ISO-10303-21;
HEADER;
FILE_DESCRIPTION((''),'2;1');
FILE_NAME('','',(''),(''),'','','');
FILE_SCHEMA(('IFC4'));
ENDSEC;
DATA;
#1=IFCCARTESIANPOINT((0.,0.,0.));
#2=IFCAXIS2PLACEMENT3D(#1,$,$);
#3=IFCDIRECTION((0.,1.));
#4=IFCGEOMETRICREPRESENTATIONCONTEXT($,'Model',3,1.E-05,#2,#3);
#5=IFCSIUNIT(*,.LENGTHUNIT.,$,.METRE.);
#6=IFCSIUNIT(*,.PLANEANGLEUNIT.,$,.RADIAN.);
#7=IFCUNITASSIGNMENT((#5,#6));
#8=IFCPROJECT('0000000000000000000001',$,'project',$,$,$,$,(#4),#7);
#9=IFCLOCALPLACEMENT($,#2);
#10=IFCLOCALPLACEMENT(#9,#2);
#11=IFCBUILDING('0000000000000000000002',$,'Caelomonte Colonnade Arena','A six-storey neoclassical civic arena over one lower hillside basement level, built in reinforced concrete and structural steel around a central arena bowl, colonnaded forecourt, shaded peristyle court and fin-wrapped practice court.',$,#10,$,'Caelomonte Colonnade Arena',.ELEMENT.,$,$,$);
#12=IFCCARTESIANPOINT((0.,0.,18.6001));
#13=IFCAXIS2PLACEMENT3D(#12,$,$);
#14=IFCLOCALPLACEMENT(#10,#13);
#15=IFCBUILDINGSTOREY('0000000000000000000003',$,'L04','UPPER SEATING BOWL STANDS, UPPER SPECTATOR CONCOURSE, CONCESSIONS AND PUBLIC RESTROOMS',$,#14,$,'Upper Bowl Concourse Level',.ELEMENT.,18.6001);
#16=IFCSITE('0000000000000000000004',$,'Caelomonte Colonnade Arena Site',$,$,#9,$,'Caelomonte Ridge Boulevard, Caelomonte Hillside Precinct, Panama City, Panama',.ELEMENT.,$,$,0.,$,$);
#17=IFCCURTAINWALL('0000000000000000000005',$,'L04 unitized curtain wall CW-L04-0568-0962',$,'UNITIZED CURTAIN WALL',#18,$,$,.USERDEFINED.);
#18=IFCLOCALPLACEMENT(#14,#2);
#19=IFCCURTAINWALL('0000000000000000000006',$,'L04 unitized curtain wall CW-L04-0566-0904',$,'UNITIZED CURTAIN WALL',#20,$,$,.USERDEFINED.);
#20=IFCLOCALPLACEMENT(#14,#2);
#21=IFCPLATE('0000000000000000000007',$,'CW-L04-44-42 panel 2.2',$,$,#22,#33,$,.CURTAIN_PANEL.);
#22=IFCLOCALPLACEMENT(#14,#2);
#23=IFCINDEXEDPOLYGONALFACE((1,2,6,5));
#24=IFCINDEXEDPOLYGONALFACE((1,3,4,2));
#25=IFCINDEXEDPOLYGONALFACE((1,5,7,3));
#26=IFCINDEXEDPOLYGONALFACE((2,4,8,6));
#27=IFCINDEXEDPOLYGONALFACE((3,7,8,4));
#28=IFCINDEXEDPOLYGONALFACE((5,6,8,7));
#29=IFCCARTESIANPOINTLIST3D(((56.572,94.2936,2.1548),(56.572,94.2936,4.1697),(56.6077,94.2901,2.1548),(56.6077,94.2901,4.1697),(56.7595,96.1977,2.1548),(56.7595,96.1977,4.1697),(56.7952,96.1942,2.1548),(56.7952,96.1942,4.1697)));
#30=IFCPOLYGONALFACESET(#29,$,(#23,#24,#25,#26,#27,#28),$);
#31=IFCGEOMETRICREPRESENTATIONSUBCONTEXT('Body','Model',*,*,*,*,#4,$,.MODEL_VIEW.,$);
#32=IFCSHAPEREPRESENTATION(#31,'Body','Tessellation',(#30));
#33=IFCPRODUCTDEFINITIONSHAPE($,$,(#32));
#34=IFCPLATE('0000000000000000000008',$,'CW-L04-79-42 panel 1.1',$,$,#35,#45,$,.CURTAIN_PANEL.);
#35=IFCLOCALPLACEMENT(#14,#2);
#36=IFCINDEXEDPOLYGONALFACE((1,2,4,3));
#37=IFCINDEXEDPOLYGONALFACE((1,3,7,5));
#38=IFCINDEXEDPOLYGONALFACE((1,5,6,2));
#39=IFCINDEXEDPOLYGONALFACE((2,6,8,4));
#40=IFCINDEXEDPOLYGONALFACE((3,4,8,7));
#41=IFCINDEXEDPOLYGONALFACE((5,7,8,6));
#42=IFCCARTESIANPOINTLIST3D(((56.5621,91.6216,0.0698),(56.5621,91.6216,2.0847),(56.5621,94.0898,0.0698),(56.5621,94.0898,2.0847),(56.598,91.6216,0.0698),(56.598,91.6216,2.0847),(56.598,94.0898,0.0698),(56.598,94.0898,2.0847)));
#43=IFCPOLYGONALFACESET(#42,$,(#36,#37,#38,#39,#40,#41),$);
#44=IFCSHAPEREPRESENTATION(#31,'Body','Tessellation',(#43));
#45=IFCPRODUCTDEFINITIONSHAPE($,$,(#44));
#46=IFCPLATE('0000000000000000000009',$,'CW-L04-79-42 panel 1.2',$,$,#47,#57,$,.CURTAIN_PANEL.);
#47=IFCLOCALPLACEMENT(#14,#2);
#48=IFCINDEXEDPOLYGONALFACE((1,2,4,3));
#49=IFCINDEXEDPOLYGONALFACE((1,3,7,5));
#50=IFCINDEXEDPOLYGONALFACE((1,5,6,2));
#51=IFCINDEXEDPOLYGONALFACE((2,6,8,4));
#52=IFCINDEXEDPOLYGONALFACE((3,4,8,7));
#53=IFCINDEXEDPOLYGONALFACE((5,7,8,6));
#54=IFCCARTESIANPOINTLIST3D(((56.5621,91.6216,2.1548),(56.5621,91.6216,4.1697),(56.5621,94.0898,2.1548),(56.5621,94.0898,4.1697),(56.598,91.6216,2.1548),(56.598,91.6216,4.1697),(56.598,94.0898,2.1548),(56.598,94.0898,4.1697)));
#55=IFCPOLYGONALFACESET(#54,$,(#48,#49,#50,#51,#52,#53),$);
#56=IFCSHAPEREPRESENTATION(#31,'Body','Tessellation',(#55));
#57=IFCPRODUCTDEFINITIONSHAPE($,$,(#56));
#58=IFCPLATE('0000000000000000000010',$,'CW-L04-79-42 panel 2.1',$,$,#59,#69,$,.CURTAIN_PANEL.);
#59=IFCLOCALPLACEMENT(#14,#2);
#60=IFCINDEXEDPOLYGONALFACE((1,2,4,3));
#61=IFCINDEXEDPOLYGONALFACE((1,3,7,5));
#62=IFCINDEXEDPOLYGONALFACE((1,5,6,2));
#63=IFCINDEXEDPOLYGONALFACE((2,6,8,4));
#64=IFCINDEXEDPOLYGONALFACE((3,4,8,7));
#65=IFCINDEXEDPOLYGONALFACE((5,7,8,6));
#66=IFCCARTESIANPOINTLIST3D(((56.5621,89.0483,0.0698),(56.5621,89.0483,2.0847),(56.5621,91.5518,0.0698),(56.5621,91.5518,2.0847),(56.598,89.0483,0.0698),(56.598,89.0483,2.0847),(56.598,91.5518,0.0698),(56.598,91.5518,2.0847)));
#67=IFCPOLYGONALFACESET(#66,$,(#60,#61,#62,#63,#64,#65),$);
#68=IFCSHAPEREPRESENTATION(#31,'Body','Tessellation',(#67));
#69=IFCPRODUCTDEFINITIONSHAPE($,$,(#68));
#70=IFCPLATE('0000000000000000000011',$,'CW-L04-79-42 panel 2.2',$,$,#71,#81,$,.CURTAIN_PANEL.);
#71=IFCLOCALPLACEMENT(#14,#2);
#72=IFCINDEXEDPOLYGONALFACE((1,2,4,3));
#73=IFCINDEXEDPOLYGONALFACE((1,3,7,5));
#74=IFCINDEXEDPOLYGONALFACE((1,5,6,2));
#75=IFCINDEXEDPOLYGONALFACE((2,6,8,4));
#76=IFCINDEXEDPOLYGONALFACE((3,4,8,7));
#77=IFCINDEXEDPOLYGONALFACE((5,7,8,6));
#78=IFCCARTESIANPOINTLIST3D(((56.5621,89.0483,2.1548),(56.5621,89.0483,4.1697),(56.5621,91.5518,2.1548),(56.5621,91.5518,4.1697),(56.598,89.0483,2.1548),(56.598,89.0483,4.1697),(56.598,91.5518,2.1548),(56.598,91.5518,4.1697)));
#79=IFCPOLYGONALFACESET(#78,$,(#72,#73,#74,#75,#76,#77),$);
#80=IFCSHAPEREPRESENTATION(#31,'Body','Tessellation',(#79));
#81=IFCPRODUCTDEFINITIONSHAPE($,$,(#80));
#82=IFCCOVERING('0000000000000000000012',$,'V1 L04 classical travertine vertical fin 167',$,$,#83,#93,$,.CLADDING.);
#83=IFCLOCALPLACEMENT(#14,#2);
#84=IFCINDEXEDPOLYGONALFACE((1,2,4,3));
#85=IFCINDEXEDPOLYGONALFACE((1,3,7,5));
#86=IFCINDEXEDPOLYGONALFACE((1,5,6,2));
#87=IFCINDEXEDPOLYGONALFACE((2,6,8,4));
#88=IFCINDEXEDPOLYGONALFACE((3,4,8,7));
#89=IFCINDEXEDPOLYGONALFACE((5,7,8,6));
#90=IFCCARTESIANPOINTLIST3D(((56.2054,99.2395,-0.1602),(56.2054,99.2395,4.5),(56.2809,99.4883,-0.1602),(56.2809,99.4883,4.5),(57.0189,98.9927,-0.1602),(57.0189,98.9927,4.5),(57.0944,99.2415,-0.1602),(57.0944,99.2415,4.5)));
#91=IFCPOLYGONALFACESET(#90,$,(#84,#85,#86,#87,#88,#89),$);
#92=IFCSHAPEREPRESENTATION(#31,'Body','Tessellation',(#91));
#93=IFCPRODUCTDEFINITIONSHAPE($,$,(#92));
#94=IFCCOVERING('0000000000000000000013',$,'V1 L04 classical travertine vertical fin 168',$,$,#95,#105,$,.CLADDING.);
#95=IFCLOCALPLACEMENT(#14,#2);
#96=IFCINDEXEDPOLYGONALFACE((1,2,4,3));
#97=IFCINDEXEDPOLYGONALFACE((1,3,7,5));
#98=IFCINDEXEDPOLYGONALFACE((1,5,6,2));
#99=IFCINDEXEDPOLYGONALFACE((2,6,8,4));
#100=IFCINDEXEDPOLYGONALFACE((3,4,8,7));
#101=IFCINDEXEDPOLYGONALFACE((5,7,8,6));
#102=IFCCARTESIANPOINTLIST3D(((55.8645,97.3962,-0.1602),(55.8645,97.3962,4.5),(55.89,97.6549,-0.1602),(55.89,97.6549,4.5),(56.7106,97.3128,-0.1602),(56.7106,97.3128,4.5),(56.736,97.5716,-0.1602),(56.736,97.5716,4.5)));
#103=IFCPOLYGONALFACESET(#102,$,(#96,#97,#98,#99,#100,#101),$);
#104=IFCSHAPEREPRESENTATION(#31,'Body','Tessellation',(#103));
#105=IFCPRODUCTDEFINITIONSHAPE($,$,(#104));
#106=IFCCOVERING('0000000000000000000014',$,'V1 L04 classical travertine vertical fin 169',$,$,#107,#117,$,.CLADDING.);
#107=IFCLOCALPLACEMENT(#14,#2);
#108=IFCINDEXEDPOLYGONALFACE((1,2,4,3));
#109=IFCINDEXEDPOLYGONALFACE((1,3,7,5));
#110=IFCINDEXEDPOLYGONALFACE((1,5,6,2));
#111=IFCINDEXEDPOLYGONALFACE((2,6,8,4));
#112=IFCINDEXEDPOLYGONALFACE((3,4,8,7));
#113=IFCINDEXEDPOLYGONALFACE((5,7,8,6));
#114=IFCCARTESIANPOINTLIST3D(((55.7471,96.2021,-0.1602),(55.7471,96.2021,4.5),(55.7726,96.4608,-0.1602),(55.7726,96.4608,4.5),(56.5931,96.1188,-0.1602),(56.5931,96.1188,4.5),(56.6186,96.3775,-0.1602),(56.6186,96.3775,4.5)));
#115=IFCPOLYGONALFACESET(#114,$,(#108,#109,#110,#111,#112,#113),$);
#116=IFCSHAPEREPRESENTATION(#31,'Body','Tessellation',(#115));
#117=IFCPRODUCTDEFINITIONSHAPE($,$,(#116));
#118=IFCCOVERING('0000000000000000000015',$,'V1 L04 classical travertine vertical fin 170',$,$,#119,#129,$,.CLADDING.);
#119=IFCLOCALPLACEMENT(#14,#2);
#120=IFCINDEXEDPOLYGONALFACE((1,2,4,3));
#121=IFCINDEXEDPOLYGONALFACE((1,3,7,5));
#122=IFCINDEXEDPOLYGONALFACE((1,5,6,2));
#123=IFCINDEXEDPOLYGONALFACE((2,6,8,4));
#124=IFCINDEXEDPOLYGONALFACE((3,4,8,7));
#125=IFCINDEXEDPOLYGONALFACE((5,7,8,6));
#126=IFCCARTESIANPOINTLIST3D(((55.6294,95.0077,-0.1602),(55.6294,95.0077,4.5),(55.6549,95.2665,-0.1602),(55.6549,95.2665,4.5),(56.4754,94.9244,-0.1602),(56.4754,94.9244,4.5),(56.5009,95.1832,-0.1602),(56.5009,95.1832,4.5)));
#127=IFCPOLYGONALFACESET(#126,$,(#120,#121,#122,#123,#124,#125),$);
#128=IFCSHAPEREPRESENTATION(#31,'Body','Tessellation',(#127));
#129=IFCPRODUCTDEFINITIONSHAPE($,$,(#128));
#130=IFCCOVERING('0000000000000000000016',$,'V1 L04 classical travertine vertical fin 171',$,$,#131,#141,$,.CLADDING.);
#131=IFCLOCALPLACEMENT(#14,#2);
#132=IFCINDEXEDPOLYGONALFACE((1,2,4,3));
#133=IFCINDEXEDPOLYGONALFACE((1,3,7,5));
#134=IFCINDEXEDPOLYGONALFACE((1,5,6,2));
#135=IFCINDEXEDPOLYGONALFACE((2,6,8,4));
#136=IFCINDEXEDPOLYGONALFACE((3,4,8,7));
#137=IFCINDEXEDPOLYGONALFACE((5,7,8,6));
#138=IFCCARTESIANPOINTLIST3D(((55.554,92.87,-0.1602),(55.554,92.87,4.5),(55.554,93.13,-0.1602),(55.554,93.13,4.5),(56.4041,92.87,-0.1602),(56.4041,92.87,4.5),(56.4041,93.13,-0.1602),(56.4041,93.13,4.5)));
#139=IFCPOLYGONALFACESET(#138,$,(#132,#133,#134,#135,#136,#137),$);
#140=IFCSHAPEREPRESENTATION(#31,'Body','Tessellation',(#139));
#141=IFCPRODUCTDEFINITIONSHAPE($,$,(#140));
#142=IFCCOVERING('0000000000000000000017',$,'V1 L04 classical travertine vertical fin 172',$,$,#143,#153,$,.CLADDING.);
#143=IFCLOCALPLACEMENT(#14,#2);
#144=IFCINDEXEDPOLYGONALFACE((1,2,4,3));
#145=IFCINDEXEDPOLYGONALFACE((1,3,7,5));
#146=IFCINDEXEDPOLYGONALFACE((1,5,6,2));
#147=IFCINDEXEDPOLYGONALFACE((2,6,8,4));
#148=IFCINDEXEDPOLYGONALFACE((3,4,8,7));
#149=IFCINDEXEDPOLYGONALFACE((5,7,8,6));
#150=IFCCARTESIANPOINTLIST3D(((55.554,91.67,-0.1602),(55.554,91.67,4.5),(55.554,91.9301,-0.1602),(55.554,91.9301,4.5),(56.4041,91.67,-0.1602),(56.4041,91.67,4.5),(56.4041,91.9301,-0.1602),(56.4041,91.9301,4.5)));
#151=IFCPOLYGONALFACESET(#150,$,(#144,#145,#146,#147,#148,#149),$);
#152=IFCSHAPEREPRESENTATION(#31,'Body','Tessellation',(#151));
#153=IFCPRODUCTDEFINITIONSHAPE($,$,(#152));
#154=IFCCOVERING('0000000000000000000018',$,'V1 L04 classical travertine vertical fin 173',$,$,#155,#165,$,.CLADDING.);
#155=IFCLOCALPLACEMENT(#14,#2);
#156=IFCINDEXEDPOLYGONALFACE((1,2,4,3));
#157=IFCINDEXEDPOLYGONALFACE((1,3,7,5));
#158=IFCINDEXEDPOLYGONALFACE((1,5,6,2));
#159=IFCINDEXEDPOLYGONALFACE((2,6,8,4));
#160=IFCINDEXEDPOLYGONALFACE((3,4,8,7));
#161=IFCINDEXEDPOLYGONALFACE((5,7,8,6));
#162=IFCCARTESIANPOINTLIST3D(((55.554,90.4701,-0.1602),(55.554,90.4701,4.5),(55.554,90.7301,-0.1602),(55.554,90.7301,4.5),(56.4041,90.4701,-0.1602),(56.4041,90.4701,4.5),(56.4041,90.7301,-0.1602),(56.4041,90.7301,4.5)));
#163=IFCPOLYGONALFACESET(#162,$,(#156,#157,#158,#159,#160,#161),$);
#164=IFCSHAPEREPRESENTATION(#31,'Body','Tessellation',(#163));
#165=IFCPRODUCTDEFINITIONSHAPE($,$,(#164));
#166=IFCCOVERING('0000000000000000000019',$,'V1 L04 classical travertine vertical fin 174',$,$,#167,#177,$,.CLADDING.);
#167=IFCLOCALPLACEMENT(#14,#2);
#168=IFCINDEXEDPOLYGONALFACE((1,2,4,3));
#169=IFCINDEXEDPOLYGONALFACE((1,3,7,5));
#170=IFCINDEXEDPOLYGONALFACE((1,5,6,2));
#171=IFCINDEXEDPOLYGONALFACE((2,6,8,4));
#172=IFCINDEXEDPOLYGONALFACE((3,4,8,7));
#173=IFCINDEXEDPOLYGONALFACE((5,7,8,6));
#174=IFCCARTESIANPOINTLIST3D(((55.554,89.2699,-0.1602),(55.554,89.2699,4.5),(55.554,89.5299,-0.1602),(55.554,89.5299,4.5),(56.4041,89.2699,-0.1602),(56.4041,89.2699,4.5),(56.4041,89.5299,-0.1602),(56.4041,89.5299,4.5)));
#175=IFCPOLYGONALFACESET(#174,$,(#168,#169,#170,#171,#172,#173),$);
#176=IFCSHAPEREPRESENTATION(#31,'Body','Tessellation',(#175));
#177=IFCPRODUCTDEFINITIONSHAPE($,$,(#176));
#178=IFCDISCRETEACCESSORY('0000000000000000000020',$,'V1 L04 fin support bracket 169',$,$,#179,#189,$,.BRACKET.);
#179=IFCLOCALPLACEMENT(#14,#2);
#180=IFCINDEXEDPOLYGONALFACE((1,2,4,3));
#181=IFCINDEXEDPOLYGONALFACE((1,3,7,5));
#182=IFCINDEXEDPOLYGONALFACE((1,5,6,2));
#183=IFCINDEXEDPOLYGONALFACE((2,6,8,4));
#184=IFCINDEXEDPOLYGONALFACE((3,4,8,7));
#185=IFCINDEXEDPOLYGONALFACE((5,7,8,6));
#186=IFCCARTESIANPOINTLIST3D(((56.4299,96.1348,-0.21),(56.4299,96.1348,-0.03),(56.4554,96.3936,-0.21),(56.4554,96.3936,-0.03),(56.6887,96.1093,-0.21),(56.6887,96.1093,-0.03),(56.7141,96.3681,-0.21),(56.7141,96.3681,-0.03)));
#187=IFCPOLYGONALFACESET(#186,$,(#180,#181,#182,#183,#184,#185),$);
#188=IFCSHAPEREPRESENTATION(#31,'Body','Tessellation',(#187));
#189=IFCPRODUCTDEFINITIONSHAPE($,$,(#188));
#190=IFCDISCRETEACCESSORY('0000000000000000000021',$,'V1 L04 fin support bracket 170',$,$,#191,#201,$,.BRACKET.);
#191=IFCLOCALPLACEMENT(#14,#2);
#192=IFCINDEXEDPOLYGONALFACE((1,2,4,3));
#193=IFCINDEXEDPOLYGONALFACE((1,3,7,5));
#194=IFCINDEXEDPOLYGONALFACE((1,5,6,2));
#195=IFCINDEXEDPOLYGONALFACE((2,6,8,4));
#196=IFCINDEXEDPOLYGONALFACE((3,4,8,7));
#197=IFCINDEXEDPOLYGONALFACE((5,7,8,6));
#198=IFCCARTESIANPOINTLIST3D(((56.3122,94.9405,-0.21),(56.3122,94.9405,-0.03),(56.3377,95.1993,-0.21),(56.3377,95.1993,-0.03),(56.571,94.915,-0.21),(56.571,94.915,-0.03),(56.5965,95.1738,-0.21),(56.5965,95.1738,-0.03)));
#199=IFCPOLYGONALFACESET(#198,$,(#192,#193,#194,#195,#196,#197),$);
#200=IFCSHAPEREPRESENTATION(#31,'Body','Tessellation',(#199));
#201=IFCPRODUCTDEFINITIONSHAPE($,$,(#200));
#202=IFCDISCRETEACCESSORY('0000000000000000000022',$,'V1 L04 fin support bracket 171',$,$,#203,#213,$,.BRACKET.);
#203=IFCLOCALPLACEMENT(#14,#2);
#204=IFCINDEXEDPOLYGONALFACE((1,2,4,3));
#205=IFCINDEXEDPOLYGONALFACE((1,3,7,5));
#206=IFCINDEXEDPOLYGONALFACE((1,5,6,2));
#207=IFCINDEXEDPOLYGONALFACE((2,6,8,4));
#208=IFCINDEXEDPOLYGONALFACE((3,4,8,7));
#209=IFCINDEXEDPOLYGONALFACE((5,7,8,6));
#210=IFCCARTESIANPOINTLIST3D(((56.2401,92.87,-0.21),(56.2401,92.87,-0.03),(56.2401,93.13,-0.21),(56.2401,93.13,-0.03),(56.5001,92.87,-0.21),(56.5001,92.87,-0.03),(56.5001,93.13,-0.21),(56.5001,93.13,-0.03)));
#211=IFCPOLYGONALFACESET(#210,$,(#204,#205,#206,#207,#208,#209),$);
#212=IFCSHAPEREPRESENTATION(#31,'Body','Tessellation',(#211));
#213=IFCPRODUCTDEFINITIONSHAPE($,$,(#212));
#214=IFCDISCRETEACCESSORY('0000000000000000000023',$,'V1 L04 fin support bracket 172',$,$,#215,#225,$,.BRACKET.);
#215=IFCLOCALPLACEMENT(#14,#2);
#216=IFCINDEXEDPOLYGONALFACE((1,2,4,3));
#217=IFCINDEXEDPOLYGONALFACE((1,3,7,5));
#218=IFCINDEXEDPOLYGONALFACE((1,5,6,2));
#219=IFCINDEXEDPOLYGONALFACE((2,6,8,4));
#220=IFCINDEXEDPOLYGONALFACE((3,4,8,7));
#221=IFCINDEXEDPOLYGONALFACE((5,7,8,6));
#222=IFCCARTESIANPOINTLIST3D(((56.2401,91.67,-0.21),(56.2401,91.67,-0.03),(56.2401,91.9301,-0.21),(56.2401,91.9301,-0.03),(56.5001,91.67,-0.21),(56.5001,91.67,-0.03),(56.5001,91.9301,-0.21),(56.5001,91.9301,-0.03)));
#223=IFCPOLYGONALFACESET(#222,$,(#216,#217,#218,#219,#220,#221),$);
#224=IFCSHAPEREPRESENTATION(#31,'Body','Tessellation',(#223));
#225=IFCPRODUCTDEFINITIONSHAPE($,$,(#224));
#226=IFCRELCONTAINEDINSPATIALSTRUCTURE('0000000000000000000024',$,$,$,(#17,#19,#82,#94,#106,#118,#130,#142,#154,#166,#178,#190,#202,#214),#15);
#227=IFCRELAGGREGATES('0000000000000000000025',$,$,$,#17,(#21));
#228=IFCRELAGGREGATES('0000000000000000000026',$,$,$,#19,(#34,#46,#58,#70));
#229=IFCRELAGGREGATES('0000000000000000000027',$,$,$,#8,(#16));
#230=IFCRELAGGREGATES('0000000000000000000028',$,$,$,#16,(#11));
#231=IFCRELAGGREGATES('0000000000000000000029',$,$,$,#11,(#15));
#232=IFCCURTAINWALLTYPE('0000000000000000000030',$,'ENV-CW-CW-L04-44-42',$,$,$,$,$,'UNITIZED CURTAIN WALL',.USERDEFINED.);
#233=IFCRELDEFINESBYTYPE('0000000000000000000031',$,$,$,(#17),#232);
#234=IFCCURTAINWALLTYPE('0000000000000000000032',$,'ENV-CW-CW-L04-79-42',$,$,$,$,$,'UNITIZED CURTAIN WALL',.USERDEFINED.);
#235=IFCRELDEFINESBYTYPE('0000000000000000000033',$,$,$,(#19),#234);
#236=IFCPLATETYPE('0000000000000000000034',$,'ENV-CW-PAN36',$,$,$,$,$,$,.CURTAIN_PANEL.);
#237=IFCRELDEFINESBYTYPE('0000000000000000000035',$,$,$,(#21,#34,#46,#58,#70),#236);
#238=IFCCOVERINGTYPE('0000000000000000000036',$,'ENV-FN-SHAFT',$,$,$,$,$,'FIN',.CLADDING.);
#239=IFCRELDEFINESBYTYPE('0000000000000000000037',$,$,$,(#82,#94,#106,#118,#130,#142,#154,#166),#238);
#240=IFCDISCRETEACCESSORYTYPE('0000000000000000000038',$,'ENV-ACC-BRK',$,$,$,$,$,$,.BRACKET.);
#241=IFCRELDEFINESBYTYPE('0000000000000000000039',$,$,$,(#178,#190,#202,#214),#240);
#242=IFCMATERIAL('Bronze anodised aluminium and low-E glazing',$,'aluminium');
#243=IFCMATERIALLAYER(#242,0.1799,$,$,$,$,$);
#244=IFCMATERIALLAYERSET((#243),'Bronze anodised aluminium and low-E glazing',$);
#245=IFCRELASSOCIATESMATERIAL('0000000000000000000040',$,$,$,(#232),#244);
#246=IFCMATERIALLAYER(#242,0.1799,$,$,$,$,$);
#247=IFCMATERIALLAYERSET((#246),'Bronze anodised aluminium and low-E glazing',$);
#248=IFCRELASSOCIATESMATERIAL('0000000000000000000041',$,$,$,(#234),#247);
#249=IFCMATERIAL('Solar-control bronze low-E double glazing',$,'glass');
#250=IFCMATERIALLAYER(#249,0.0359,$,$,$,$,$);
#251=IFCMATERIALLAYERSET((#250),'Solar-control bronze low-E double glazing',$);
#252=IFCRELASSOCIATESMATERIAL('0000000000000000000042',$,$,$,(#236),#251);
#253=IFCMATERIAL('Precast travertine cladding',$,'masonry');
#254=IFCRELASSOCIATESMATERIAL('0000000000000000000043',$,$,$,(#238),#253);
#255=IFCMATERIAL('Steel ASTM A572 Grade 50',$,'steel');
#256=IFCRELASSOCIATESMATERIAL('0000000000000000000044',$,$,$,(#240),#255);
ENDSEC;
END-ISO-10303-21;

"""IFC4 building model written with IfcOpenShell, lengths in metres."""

from ifc_helpers import new_model, si_unit, direction, frame, origin, origin_2d, place, context, subcontext, project, spatial, rectangle, extrude, material, layer, layer_set, material_profile, profile_set, type_object, element, aggregate, save


model = new_model("IFC4")

# Units and contexts
model_context = context("Model", 3, precision=1e-05, world=origin(), true_north=direction((0.0, 1.0)))
body_context = subcontext(model_context, "Body", "Model", "MODEL_VIEW")
ifc_project = project(units=[si_unit("LENGTHUNIT", "METRE"), si_unit("PLANEANGLEUNIT", "RADIAN")], contexts=[model_context])

# Site, building, storey
site_placement = place(None, origin())
site = spatial("IfcSite", under=ifc_project, at=site_placement, Name="Caelomonte Colonnade Arena Site", LongName="Caelomonte Ridge Boulevard, Caelomonte Hillside Precinct, Panama City, Panama", CompositionType="ELEMENT", RefElevation=0.0)
building_placement = place(site_placement, origin())
building = spatial("IfcBuilding", under=site, at=building_placement, Name="Caelomonte Colonnade Arena", Description="A six-storey neoclassical civic arena over one lower hillside basement level, built in reinforced concrete and structural steel around a central arena bowl, colonnaded forecourt, shaded peristyle court and fin-wrapped practice court.", LongName="Caelomonte Colonnade Arena", CompositionType="ELEMENT")
storey_placement = place(building_placement, frame((0.0, 0.0, 18.6001)))
storey = spatial("IfcBuildingStorey", under=building, at=storey_placement, Name="L04", Description="UPPER SEATING BOWL STANDS, UPPER SPECTATOR CONCOURSE, CONCESSIONS AND PUBLIC RESTROOMS", LongName="Upper Bowl Concourse Level", CompositionType="ELEMENT", Elevation=18.6001)

# Curtain wall
ifc_material_1 = material(Name="Bronze anodised aluminium and low-E glazing", Category="aluminium")
ifc_layer_1 = layer(ifc_material_1, 0.1799)
ifc_layer_set_1 = layer_set([ifc_layer_1], Name="Bronze anodised aluminium and low-E glazing")
curtain_wall_type_1 = type_object("IfcCurtainWallType", Name="ENV-CW-CW-L04-44-42", ElementType="UNITIZED CURTAIN WALL", PredefinedType="USERDEFINED", material=ifc_layer_set_1)
curtain_wall_1_placement = place(storey_placement, origin())
curtain_wall_1 = element("IfcCurtainWall", 1, at=curtain_wall_1_placement, inside=storey, type_object=curtain_wall_type_1, Name="L04 unitized curtain wall CW-L04-0568-0962", ObjectType="UNITIZED CURTAIN WALL", PredefinedType="USERDEFINED")

# Curtain wall
ifc_layer_2 = layer(ifc_material_1, 0.1799)
ifc_layer_set_2 = layer_set([ifc_layer_2], Name="Bronze anodised aluminium and low-E glazing")
curtain_wall_type_2 = type_object("IfcCurtainWallType", Name="ENV-CW-CW-L04-79-42", ElementType="UNITIZED CURTAIN WALL", PredefinedType="USERDEFINED", material=ifc_layer_set_2)
curtain_wall_2_placement = place(storey_placement, origin())
curtain_wall_2 = element("IfcCurtainWall", 2, at=curtain_wall_2_placement, inside=storey, type_object=curtain_wall_type_2, Name="L04 unitized curtain wall CW-L04-0566-0904", ObjectType="UNITIZED CURTAIN WALL", PredefinedType="USERDEFINED")

# Plates
ifc_material_2 = material(Name="Solar-control bronze low-E double glazing", Category="glass")
ifc_layer_3 = layer(ifc_material_2, 0.0359)
ifc_layer_set_3 = layer_set([ifc_layer_3], Name="Solar-control bronze low-E double glazing")
plate_type = type_object("IfcPlateType", Name="ENV-CW-PAN36", PredefinedType="CURTAIN_PANEL", material=ifc_layer_set_3)
plate_1_placement = place(storey_placement, frame((56.6836, 95.2439, 2.1548), z_axis=(0.0, 0.0, 1.0), x_axis=(-0.098002, -0.995186, 0.0)))
plate_1 = element("IfcPlate", 3, at=plate_1_placement, type_object=plate_type, Name="CW-L04-44-42 panel 2.2", PredefinedType="CURTAIN_PANEL", context=body_context, shape_type="SweptSolid", body=[
    extrude(rectangle(XDim=1.9133, YDim=0.0359, at=origin_2d()), origin(), (0.0, 0.0, 1.0), 2.0149),
])
aggregate(curtain_wall_1, [plate_1])
plate_2_placement = place(storey_placement, frame((56.5801, 92.8557, 0.0698), z_axis=(0.0, 0.0, 1.0), x_axis=(0.0, -1.0, 0.0)))
plate_2 = element("IfcPlate", 4, at=plate_2_placement, type_object=plate_type, Name="CW-L04-79-42 panel 1.1", PredefinedType="CURTAIN_PANEL", context=body_context, shape_type="SweptSolid", body=[
    extrude(rectangle(XDim=2.4683, YDim=0.0359, at=origin_2d()), origin(), (0.0, 0.0, 1.0), 2.0149),
])
plate_3_placement = place(storey_placement, frame((56.5801, 92.8557, 2.1548), z_axis=(0.0, 0.0, 1.0), x_axis=(0.0, -1.0, 0.0)))
plate_3 = element("IfcPlate", 5, at=plate_3_placement, type_object=plate_type, Name="CW-L04-79-42 panel 1.2", PredefinedType="CURTAIN_PANEL", context=body_context, shape_type="SweptSolid", body=[
    extrude(rectangle(XDim=2.4683, YDim=0.0359, at=origin_2d()), origin(), (0.0, 0.0, 1.0), 2.0149),
])
plate_4_placement = place(storey_placement, frame((56.5801, 90.3, 0.0698), z_axis=(0.0, 0.0, 1.0), x_axis=(0.0, -1.0, 0.0)))
plate_4 = element("IfcPlate", 6, at=plate_4_placement, type_object=plate_type, Name="CW-L04-79-42 panel 2.1", PredefinedType="CURTAIN_PANEL", context=body_context, shape_type="SweptSolid", body=[
    extrude(rectangle(XDim=2.5034, YDim=0.0359, at=origin_2d()), origin(), (0.0, 0.0, 1.0), 2.0149),
])
plate_5_placement = place(storey_placement, frame((56.5801, 90.3, 2.1548), z_axis=(0.0, 0.0, 1.0), x_axis=(0.0, -1.0, 0.0)))
plate_5 = element("IfcPlate", 7, at=plate_5_placement, type_object=plate_type, Name="CW-L04-79-42 panel 2.2", PredefinedType="CURTAIN_PANEL", context=body_context, shape_type="SweptSolid", body=[
    extrude(rectangle(XDim=2.5034, YDim=0.0359, at=origin_2d()), origin(), (0.0, 0.0, 1.0), 2.0149),
])
aggregate(curtain_wall_2, [plate_2, plate_3, plate_4, plate_5])

# Coverings
ifc_material_3 = material(Name="Precast travertine cladding", Category="masonry")
ifc_material_profile_1 = material_profile(ifc_material_3, rectangle(XDim=0.26, YDim=0.8501, at=origin_2d()), Name="FIN260X850")
ifc_profile_set_1 = profile_set([ifc_material_profile_1], Name="Precast travertine cladding")
covering_type = type_object("IfcCoveringType", Name="ENV-FN-SHAFT", ElementType="FIN", PredefinedType="CLADDING", material=ifc_profile_set_1)
for number, where, z_axis, x_axis, name in (
    (8, (56.6499, 99.2405, -0.1602), (0.0, 0.0, 1.0), (0.290276, 0.956943, 0.0), "V1 L04 classical travertine vertical fin 167"),
    (9, (56.3003, 97.4839, -0.1602), (0.0, 0.0, 1.0), (0.098015, 0.995185, 0.0), "V1 L04 classical travertine vertical fin 168"),
    (10, (56.1829, 96.2898, -0.1602), (0.0, 0.0, 1.0), (0.098015, 0.995185, 0.0), "V1 L04 classical travertine vertical fin 169"),
    (11, (56.0652, 95.0955, -0.1602), (0.0, 0.0, 1.0), (0.098015, 0.995185, 0.0), "V1 L04 classical travertine vertical fin 170"),
    (12, (55.979, 93.0, -0.1602), (0.0, 0.0, 1.0), (0.0, 1.0, 0.0), "V1 L04 classical travertine vertical fin 171"),
    (13, (55.979, 91.8, -0.1602), (0.0, 0.0, 1.0), (0.0, 1.0, 0.0), "V1 L04 classical travertine vertical fin 172"),
    (14, (55.979, 90.6001, -0.1602), (0.0, 0.0, 1.0), (0.0, 1.0, 0.0), "V1 L04 classical travertine vertical fin 173"),
    (15, (55.979, 89.3999, -0.1602), (0.0, 0.0, 1.0), (0.0, 1.0, 0.0), "V1 L04 classical travertine vertical fin 174"),
):
    element("IfcCovering", number, at=place(storey_placement, frame(where, z_axis=z_axis, x_axis=x_axis)), inside=storey, type_object=covering_type, Name=name, PredefinedType="CLADDING", context=body_context, shape_type="SweptSolid", body=[
        extrude(rectangle(XDim=0.26, YDim=0.8501, at=origin_2d()), origin(), (0.0, 0.0, 1.0), 4.6602),
    ])

# Discrete accessories
ifc_material_4 = material(Name="Steel ASTM A572 Grade 50", Category="steel")
discrete_accessory_type = type_object("IfcDiscreteAccessoryType", Name="ENV-ACC-BRK", PredefinedType="BRACKET", material=ifc_material_4)
for number, where, z_axis, x_axis, name in (
    (16, (56.572, 96.2515, -0.21), (0.0, 0.0, 1.0), (-0.098015, -0.995185, 0.0), "V1 L04 fin support bracket 169"),
    (17, (56.4543, 95.0571, -0.21), (0.0, 0.0, 1.0), (-0.098015, -0.995185, 0.0), "V1 L04 fin support bracket 170"),
    (18, (56.3701, 93.0, -0.21), (0.0, 0.0, 1.0), (0.0, -1.0, 0.0), "V1 L04 fin support bracket 171"),
    (19, (56.3701, 91.8, -0.21), (0.0, 0.0, 1.0), (0.0, -1.0, 0.0), "V1 L04 fin support bracket 172"),
):
    element("IfcDiscreteAccessory", number, at=place(storey_placement, frame(where, z_axis=z_axis, x_axis=x_axis)), inside=storey, type_object=discrete_accessory_type, Name=name, PredefinedType="BRACKET", context=body_context, shape_type="SweptSolid", body=[
        extrude(rectangle(XDim=0.26, YDim=0.26, at=origin_2d()), origin(), (0.0, 0.0, 1.0), 0.1799),
    ])

save(model, "model.ifc")
